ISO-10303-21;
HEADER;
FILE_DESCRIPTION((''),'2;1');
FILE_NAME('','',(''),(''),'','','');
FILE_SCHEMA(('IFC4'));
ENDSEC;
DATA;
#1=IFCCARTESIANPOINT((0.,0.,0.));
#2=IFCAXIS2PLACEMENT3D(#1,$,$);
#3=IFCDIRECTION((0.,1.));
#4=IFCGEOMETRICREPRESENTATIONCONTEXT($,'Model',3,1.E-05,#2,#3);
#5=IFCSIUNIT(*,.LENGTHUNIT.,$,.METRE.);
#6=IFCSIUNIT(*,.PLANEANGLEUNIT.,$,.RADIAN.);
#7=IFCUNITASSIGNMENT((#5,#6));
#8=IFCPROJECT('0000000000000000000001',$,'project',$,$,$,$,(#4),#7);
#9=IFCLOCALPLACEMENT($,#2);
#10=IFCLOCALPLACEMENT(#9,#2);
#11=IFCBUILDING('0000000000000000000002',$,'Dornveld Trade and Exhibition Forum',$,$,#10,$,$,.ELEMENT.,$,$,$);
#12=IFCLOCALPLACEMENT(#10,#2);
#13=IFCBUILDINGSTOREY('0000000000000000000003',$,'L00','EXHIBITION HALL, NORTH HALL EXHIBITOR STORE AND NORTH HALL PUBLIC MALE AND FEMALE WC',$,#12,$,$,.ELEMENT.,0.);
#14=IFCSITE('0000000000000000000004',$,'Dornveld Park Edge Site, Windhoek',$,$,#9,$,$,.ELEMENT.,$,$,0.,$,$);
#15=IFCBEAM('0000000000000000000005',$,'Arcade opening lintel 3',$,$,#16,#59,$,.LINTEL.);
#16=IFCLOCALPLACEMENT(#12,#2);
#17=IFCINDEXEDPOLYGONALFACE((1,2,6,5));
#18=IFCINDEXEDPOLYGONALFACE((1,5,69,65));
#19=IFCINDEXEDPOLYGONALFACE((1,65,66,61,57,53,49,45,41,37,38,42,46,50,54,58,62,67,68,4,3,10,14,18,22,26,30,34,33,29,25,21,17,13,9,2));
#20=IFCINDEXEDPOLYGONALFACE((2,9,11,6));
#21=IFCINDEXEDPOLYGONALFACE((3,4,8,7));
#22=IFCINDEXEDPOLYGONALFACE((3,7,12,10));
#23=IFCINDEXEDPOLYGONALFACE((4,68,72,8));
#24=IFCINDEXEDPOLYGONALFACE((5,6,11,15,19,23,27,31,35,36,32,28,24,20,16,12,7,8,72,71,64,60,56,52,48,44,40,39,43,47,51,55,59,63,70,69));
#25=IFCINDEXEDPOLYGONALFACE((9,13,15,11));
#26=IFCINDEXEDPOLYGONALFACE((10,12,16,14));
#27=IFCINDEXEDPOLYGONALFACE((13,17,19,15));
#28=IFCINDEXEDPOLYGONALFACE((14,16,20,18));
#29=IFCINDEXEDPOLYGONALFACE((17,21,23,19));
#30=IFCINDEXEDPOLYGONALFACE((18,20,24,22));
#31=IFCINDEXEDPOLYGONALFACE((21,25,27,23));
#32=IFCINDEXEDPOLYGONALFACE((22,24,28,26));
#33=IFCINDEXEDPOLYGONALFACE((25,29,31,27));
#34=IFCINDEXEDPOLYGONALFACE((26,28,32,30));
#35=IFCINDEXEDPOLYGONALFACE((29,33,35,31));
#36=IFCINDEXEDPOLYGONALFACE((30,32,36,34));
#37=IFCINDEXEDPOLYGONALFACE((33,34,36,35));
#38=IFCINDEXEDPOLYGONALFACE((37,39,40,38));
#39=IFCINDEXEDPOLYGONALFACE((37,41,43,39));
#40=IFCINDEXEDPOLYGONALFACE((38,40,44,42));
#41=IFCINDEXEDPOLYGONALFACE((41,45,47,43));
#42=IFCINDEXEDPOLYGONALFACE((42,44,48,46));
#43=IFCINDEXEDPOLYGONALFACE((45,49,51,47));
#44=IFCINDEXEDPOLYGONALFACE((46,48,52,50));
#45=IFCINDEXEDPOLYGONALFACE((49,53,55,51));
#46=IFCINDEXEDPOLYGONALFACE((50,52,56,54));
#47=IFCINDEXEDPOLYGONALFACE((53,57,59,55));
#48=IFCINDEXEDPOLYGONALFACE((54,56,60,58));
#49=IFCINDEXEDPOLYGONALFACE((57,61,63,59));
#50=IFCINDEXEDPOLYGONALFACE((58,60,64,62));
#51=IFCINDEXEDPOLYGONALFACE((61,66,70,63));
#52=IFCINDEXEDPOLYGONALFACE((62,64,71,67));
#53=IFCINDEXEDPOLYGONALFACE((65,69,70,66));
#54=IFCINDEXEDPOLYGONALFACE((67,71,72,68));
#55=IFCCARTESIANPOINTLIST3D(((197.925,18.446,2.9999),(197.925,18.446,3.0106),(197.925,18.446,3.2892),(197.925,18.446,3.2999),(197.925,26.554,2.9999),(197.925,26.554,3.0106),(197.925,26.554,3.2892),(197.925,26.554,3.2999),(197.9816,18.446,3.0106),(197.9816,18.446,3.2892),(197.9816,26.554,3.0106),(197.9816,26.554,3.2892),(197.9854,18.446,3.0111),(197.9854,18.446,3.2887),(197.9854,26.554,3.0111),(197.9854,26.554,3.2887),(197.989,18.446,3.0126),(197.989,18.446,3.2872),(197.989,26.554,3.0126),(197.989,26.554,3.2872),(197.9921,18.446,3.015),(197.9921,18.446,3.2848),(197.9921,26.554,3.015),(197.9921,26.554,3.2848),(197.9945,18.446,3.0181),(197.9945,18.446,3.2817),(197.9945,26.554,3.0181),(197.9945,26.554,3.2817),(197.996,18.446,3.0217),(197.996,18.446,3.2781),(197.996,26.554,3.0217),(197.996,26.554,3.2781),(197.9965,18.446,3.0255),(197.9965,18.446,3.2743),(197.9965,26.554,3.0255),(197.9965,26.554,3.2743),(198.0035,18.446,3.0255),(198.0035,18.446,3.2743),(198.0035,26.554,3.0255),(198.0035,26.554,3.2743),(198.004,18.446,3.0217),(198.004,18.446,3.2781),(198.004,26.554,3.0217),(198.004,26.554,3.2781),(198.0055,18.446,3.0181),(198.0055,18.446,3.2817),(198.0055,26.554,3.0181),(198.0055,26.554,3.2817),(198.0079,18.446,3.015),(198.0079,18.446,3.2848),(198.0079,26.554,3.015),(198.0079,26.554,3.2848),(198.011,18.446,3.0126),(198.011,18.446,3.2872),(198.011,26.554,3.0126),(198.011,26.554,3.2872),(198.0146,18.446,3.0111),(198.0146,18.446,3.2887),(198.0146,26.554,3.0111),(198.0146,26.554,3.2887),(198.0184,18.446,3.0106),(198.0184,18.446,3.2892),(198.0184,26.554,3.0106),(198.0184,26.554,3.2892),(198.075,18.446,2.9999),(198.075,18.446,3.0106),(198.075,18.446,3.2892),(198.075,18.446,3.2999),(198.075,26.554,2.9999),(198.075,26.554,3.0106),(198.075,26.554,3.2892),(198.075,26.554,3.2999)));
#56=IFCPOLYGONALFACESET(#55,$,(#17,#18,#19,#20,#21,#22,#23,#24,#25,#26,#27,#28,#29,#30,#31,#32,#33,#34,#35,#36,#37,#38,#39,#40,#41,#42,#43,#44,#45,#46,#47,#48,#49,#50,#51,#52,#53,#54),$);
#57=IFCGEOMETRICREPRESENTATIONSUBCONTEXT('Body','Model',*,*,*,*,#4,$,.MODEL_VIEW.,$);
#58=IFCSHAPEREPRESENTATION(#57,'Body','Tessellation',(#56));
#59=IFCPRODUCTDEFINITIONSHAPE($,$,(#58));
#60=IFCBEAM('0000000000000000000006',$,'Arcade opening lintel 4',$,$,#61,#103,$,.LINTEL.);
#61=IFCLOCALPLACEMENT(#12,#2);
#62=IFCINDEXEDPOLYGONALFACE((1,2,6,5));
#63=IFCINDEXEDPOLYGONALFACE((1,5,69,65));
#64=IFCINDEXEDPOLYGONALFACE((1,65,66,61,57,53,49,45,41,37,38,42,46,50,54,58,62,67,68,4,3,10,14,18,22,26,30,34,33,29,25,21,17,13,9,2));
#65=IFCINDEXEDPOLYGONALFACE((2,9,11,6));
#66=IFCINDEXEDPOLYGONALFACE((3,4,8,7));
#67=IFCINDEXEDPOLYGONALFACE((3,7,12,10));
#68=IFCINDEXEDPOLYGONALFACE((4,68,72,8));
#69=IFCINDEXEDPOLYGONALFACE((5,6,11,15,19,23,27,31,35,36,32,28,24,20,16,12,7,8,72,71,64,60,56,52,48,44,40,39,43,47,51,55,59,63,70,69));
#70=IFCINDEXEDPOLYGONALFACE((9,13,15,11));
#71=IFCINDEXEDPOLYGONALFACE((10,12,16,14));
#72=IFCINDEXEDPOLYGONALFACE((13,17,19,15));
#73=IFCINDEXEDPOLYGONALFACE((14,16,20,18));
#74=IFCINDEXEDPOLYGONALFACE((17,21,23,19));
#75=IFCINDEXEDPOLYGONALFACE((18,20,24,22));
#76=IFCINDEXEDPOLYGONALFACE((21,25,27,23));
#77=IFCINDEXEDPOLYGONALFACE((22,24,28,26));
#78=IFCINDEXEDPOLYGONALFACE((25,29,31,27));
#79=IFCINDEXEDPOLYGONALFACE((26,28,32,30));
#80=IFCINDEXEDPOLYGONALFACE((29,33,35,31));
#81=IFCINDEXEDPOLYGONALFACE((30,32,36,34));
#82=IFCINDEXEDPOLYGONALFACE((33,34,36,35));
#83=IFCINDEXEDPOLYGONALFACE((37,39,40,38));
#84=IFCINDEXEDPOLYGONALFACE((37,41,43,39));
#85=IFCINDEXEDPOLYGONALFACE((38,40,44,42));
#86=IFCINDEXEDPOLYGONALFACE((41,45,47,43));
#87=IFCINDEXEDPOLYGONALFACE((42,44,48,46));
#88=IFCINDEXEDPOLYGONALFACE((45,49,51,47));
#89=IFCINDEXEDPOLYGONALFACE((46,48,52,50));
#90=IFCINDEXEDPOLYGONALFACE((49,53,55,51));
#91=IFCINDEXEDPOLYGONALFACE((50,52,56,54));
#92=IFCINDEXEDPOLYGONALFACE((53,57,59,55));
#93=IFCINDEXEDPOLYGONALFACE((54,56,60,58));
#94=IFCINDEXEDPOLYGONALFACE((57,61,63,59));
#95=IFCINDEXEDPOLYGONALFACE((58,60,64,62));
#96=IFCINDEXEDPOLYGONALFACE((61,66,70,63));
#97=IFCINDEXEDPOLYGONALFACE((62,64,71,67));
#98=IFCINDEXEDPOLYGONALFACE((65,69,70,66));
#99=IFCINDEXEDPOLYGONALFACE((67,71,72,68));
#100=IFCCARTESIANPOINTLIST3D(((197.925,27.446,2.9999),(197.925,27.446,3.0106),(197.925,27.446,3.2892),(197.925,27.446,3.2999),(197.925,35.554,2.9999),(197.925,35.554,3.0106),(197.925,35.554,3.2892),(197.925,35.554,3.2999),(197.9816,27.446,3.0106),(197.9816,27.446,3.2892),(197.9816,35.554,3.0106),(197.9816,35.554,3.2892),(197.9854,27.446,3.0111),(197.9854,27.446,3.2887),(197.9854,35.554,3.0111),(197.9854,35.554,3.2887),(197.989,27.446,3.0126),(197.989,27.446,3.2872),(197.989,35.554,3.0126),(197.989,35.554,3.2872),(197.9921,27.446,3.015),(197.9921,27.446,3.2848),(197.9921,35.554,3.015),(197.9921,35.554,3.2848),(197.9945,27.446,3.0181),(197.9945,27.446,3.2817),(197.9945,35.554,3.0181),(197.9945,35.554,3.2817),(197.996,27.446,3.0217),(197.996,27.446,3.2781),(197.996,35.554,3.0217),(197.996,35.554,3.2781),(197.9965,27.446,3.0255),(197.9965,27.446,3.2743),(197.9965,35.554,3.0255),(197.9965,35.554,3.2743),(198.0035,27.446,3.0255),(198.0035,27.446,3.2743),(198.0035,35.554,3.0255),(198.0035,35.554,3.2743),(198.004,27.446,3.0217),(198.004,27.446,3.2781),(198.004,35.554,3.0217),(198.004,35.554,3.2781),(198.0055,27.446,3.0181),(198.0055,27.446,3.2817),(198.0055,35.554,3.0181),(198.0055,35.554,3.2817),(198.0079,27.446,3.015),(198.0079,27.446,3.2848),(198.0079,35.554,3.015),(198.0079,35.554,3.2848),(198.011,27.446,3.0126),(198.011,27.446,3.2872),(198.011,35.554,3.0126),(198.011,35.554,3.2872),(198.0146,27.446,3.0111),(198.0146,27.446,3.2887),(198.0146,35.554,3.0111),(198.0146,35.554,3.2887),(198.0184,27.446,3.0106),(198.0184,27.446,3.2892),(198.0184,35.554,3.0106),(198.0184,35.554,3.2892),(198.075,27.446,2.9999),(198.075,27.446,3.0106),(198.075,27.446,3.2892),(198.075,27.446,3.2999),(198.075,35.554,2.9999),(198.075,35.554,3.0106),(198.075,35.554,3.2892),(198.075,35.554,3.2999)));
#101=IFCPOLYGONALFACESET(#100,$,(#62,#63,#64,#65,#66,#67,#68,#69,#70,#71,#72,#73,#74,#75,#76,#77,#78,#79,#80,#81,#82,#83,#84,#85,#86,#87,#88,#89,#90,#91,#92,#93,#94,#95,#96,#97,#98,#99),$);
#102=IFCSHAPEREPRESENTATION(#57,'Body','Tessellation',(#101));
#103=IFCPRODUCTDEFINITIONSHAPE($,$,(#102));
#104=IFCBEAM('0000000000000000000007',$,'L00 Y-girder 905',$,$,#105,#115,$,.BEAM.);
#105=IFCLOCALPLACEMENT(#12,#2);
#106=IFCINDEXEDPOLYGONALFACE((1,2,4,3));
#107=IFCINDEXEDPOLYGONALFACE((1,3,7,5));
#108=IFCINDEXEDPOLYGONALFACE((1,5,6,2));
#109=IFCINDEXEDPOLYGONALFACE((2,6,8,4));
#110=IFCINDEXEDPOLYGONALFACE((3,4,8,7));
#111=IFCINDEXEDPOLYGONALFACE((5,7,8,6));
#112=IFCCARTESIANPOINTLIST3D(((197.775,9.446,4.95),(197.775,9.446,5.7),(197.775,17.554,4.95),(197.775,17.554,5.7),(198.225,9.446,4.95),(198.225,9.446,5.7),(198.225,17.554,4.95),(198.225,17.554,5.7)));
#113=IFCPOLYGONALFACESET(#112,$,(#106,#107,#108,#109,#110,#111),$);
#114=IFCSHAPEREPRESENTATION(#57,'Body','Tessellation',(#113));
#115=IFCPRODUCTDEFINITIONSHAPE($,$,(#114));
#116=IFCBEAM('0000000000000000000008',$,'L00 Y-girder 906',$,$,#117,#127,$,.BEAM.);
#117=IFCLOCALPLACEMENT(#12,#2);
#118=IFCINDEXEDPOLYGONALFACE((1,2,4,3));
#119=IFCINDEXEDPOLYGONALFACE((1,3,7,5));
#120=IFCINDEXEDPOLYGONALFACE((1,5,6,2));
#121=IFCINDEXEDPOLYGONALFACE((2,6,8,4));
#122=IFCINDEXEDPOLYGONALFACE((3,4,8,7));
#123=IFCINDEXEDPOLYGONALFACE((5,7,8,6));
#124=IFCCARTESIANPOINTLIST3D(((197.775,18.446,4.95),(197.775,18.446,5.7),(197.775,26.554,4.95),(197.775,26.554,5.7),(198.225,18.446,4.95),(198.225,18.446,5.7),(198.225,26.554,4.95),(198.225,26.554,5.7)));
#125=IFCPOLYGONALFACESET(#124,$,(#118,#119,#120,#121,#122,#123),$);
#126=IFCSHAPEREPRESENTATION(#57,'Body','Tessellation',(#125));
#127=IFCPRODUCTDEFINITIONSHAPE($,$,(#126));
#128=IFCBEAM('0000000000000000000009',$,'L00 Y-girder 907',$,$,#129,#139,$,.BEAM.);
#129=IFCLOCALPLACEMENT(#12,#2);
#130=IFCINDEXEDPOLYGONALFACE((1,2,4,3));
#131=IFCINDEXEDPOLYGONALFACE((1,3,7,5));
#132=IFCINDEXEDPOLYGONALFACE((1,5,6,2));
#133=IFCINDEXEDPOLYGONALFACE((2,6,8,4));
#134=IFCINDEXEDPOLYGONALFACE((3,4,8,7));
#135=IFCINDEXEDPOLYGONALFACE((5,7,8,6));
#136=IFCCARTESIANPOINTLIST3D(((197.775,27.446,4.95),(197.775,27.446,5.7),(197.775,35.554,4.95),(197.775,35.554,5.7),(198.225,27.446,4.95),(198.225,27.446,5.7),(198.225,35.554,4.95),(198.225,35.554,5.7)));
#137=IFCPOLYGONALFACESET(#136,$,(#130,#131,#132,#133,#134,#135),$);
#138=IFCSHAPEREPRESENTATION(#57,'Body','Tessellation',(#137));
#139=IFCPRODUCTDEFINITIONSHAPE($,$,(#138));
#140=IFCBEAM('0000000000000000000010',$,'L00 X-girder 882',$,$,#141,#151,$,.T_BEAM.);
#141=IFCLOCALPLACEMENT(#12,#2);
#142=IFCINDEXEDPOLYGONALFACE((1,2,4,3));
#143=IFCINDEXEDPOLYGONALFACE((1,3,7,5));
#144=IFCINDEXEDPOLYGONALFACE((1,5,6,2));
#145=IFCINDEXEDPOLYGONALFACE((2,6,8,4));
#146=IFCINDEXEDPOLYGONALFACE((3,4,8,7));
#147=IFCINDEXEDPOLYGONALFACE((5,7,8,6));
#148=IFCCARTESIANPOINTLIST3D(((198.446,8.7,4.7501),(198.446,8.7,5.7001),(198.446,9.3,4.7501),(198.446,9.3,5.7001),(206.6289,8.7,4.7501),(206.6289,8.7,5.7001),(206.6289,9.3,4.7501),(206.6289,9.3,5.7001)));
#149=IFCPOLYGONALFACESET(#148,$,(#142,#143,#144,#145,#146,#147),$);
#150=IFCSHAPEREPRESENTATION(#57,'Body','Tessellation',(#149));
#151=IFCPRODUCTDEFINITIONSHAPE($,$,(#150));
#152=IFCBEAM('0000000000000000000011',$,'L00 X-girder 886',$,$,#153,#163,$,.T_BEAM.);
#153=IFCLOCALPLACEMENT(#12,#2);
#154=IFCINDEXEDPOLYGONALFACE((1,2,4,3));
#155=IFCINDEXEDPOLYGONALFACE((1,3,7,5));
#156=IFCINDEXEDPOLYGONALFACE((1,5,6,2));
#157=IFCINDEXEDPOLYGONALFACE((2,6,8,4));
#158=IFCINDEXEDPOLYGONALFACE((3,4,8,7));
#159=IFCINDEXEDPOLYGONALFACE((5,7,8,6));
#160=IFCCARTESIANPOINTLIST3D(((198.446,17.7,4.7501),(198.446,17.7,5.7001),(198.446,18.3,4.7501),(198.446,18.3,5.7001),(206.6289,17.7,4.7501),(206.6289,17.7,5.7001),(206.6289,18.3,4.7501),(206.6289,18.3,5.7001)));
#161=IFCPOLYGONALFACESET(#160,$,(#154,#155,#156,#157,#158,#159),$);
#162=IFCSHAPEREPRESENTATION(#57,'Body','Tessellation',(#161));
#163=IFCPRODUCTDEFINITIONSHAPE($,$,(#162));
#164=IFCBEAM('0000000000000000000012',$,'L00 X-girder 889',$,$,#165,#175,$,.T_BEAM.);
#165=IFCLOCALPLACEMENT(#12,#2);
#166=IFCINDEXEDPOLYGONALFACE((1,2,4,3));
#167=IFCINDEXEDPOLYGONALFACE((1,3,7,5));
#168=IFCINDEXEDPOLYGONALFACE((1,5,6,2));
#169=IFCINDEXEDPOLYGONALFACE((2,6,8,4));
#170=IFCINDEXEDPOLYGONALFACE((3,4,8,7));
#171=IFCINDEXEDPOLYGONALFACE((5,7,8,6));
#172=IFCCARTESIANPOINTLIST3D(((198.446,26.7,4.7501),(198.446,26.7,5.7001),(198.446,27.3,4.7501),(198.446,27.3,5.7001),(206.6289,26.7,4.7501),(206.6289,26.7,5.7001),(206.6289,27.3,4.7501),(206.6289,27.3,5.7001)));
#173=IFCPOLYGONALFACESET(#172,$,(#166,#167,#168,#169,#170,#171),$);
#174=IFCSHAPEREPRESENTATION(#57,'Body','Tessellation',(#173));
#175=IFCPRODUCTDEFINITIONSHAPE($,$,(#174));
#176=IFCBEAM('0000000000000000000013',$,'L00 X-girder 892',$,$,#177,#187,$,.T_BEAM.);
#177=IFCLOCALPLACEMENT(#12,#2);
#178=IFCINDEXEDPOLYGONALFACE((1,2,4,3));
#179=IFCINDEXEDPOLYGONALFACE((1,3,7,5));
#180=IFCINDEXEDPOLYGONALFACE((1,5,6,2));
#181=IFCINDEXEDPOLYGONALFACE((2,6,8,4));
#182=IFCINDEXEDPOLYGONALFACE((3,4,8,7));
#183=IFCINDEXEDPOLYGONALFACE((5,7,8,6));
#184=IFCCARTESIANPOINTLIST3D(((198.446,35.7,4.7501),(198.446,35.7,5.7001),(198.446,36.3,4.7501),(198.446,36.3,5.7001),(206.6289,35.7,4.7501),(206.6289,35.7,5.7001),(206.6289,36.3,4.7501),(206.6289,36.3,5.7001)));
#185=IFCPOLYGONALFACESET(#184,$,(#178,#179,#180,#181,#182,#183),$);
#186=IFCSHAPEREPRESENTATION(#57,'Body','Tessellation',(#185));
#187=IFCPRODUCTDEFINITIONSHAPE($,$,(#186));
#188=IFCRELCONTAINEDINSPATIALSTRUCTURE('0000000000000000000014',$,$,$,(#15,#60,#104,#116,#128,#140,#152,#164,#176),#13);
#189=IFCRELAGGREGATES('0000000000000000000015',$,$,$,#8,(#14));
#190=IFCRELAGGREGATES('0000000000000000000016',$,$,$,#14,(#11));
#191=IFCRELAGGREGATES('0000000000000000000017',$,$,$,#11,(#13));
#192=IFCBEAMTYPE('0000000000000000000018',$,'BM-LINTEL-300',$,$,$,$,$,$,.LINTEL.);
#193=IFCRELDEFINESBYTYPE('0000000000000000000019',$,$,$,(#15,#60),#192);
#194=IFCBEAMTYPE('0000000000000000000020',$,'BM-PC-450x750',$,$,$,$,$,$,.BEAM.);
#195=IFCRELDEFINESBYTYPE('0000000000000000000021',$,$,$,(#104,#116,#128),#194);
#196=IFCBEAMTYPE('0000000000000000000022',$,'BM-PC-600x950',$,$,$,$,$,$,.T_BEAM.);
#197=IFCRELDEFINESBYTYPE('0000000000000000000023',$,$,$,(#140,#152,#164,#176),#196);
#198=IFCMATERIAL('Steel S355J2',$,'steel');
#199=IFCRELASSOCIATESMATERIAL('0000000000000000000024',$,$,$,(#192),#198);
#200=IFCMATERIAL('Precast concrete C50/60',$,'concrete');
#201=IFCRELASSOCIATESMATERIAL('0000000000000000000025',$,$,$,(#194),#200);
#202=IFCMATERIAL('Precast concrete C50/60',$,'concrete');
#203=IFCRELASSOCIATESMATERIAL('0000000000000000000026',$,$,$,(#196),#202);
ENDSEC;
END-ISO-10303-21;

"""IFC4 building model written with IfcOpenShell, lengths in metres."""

from ifc_helpers import new_model, si_unit, direction, frame, origin, origin_2d, place, context, subcontext, project, spatial, rectangle, i_section, extrude, material, material_profile, profile_set, type_object, element, save


model = new_model("IFC4")

# Units and contexts
model_context = context("Model", 3, precision=1e-05, world=origin(), true_north=direction((0.0, 1.0)))
body_context = subcontext(model_context, "Body", "Model", "MODEL_VIEW")
ifc_project = project(units=[si_unit("LENGTHUNIT", "METRE"), si_unit("PLANEANGLEUNIT", "RADIAN")], contexts=[model_context])

# Site, building, storey
site_placement = place(None, origin())
site = spatial("IfcSite", under=ifc_project, at=site_placement, Name="Dornveld Park Edge Site, Windhoek", CompositionType="ELEMENT", RefElevation=0.0)
building_placement = place(site_placement, origin())
building = spatial("IfcBuilding", under=site, at=building_placement, Name="Dornveld Trade and Exhibition Forum", CompositionType="ELEMENT")
storey_placement = place(building_placement, origin())
storey = spatial("IfcBuildingStorey", under=building, at=storey_placement, Name="L00", Description="EXHIBITION HALL, NORTH HALL EXHIBITOR STORE AND NORTH HALL PUBLIC MALE AND FEMALE WC", CompositionType="ELEMENT", Elevation=0.0)

# Beams
ifc_material_1 = material(Name="Steel S355J2", Category="steel")
ifc_material_profile_1 = material_profile(ifc_material_1, i_section(OverallWidth=0.1499, OverallDepth=0.3, WebThickness=0.0071, FlangeThickness=0.0107, FilletRadius=0.0149, at=origin_2d()), Name="IPE 300")
ifc_profile_set_1 = profile_set([ifc_material_profile_1], Name="Steel S355J2")
beam_type_1 = type_object("IfcBeamType", Name="BM-LINTEL-300", PredefinedType="LINTEL", material=ifc_profile_set_1)
for number, where, z_axis, x_axis, name in (
    (1, (198.0, 18.446, 3.1499), (0.0, 1.0, 0.0), (-1.0, 0.0, 0.0), "Arcade opening lintel 3"),
    (2, (198.0, 27.446, 3.1499), (0.0, 1.0, 0.0), (-1.0, 0.0, 0.0), "Arcade opening lintel 4"),
):
    element("IfcBeam", number, at=place(storey_placement, frame(where, z_axis=z_axis, x_axis=x_axis)), inside=storey, type_object=beam_type_1, Name=name, PredefinedType="LINTEL", context=body_context, shape_type="SweptSolid", body=[
        extrude(i_section(OverallWidth=0.1499, OverallDepth=0.3, WebThickness=0.0071, FlangeThickness=0.0107, FilletRadius=0.0149, at=origin_2d()), origin(), (0.0, 0.0, 1.0), 8.1079),
    ])
ifc_material_2 = material(Name="Precast concrete C50/60", Category="concrete")
ifc_material_profile_2 = material_profile(ifc_material_2, rectangle(XDim=0.45, YDim=0.75, at=origin_2d()), Name="PC-BM 450x750")
ifc_profile_set_2 = profile_set([ifc_material_profile_2], Name="Precast concrete C50/60")
beam_type_2 = type_object("IfcBeamType", Name="BM-PC-450x750", PredefinedType="BEAM", material=ifc_profile_set_2)
for number, where, z_axis, x_axis, name in (
    (3, (198.0, 9.446, 5.325), (0.0, 1.0, 0.0), (-1.0, 0.0, 0.0), "L00 Y-girder 905"),
    (4, (198.0, 18.446, 5.325), (0.0, 1.0, 0.0), (-1.0, 0.0, 0.0), "L00 Y-girder 906"),
    (5, (198.0, 27.446, 5.325), (0.0, 1.0, 0.0), (-1.0, 0.0, 0.0), "L00 Y-girder 907"),
):
    element("IfcBeam", number, at=place(storey_placement, frame(where, z_axis=z_axis, x_axis=x_axis)), inside=storey, type_object=beam_type_2, Name=name, PredefinedType="BEAM", context=body_context, shape_type="SweptSolid", body=[
        extrude(rectangle(XDim=0.45, YDim=0.75, at=origin_2d()), origin(), (0.0, 0.0, 1.0), 8.1079),
    ])
ifc_material_3 = material(Name="Precast concrete C50/60", Category="concrete")
ifc_material_profile_3 = material_profile(ifc_material_3, rectangle(XDim=0.6001, YDim=0.95, at=origin_2d()), Name="PC-GIR 600x950")
ifc_profile_set_3 = profile_set([ifc_material_profile_3], Name="Precast concrete C50/60")
beam_type_3 = type_object("IfcBeamType", Name="BM-PC-600x950", PredefinedType="T_BEAM", material=ifc_profile_set_3)
for number, where, z_axis, x_axis, name in (
    (6, (198.446, 9.0, 5.2251), (1.0, 0.0, 0.0), (0.0, 1.0, 0.0), "L00 X-girder 882"),
    (7, (198.446, 18.0, 5.2251), (1.0, 0.0, 0.0), (0.0, 1.0, 0.0), "L00 X-girder 886"),
    (8, (198.446, 27.0, 5.2251), (1.0, 0.0, 0.0), (0.0, 1.0, 0.0), "L00 X-girder 889"),
    (9, (198.446, 36.0, 5.2251), (1.0, 0.0, 0.0), (0.0, 1.0, 0.0), "L00 X-girder 892"),
):
    element("IfcBeam", number, at=place(storey_placement, frame(where, z_axis=z_axis, x_axis=x_axis)), inside=storey, type_object=beam_type_3, Name=name, PredefinedType="T_BEAM", context=body_context, shape_type="SweptSolid", body=[
        extrude(rectangle(XDim=0.6001, YDim=0.95, at=origin_2d()), origin(), (0.0, 0.0, 1.0), 8.1829),
    ])

save(model, "model.ifc")
